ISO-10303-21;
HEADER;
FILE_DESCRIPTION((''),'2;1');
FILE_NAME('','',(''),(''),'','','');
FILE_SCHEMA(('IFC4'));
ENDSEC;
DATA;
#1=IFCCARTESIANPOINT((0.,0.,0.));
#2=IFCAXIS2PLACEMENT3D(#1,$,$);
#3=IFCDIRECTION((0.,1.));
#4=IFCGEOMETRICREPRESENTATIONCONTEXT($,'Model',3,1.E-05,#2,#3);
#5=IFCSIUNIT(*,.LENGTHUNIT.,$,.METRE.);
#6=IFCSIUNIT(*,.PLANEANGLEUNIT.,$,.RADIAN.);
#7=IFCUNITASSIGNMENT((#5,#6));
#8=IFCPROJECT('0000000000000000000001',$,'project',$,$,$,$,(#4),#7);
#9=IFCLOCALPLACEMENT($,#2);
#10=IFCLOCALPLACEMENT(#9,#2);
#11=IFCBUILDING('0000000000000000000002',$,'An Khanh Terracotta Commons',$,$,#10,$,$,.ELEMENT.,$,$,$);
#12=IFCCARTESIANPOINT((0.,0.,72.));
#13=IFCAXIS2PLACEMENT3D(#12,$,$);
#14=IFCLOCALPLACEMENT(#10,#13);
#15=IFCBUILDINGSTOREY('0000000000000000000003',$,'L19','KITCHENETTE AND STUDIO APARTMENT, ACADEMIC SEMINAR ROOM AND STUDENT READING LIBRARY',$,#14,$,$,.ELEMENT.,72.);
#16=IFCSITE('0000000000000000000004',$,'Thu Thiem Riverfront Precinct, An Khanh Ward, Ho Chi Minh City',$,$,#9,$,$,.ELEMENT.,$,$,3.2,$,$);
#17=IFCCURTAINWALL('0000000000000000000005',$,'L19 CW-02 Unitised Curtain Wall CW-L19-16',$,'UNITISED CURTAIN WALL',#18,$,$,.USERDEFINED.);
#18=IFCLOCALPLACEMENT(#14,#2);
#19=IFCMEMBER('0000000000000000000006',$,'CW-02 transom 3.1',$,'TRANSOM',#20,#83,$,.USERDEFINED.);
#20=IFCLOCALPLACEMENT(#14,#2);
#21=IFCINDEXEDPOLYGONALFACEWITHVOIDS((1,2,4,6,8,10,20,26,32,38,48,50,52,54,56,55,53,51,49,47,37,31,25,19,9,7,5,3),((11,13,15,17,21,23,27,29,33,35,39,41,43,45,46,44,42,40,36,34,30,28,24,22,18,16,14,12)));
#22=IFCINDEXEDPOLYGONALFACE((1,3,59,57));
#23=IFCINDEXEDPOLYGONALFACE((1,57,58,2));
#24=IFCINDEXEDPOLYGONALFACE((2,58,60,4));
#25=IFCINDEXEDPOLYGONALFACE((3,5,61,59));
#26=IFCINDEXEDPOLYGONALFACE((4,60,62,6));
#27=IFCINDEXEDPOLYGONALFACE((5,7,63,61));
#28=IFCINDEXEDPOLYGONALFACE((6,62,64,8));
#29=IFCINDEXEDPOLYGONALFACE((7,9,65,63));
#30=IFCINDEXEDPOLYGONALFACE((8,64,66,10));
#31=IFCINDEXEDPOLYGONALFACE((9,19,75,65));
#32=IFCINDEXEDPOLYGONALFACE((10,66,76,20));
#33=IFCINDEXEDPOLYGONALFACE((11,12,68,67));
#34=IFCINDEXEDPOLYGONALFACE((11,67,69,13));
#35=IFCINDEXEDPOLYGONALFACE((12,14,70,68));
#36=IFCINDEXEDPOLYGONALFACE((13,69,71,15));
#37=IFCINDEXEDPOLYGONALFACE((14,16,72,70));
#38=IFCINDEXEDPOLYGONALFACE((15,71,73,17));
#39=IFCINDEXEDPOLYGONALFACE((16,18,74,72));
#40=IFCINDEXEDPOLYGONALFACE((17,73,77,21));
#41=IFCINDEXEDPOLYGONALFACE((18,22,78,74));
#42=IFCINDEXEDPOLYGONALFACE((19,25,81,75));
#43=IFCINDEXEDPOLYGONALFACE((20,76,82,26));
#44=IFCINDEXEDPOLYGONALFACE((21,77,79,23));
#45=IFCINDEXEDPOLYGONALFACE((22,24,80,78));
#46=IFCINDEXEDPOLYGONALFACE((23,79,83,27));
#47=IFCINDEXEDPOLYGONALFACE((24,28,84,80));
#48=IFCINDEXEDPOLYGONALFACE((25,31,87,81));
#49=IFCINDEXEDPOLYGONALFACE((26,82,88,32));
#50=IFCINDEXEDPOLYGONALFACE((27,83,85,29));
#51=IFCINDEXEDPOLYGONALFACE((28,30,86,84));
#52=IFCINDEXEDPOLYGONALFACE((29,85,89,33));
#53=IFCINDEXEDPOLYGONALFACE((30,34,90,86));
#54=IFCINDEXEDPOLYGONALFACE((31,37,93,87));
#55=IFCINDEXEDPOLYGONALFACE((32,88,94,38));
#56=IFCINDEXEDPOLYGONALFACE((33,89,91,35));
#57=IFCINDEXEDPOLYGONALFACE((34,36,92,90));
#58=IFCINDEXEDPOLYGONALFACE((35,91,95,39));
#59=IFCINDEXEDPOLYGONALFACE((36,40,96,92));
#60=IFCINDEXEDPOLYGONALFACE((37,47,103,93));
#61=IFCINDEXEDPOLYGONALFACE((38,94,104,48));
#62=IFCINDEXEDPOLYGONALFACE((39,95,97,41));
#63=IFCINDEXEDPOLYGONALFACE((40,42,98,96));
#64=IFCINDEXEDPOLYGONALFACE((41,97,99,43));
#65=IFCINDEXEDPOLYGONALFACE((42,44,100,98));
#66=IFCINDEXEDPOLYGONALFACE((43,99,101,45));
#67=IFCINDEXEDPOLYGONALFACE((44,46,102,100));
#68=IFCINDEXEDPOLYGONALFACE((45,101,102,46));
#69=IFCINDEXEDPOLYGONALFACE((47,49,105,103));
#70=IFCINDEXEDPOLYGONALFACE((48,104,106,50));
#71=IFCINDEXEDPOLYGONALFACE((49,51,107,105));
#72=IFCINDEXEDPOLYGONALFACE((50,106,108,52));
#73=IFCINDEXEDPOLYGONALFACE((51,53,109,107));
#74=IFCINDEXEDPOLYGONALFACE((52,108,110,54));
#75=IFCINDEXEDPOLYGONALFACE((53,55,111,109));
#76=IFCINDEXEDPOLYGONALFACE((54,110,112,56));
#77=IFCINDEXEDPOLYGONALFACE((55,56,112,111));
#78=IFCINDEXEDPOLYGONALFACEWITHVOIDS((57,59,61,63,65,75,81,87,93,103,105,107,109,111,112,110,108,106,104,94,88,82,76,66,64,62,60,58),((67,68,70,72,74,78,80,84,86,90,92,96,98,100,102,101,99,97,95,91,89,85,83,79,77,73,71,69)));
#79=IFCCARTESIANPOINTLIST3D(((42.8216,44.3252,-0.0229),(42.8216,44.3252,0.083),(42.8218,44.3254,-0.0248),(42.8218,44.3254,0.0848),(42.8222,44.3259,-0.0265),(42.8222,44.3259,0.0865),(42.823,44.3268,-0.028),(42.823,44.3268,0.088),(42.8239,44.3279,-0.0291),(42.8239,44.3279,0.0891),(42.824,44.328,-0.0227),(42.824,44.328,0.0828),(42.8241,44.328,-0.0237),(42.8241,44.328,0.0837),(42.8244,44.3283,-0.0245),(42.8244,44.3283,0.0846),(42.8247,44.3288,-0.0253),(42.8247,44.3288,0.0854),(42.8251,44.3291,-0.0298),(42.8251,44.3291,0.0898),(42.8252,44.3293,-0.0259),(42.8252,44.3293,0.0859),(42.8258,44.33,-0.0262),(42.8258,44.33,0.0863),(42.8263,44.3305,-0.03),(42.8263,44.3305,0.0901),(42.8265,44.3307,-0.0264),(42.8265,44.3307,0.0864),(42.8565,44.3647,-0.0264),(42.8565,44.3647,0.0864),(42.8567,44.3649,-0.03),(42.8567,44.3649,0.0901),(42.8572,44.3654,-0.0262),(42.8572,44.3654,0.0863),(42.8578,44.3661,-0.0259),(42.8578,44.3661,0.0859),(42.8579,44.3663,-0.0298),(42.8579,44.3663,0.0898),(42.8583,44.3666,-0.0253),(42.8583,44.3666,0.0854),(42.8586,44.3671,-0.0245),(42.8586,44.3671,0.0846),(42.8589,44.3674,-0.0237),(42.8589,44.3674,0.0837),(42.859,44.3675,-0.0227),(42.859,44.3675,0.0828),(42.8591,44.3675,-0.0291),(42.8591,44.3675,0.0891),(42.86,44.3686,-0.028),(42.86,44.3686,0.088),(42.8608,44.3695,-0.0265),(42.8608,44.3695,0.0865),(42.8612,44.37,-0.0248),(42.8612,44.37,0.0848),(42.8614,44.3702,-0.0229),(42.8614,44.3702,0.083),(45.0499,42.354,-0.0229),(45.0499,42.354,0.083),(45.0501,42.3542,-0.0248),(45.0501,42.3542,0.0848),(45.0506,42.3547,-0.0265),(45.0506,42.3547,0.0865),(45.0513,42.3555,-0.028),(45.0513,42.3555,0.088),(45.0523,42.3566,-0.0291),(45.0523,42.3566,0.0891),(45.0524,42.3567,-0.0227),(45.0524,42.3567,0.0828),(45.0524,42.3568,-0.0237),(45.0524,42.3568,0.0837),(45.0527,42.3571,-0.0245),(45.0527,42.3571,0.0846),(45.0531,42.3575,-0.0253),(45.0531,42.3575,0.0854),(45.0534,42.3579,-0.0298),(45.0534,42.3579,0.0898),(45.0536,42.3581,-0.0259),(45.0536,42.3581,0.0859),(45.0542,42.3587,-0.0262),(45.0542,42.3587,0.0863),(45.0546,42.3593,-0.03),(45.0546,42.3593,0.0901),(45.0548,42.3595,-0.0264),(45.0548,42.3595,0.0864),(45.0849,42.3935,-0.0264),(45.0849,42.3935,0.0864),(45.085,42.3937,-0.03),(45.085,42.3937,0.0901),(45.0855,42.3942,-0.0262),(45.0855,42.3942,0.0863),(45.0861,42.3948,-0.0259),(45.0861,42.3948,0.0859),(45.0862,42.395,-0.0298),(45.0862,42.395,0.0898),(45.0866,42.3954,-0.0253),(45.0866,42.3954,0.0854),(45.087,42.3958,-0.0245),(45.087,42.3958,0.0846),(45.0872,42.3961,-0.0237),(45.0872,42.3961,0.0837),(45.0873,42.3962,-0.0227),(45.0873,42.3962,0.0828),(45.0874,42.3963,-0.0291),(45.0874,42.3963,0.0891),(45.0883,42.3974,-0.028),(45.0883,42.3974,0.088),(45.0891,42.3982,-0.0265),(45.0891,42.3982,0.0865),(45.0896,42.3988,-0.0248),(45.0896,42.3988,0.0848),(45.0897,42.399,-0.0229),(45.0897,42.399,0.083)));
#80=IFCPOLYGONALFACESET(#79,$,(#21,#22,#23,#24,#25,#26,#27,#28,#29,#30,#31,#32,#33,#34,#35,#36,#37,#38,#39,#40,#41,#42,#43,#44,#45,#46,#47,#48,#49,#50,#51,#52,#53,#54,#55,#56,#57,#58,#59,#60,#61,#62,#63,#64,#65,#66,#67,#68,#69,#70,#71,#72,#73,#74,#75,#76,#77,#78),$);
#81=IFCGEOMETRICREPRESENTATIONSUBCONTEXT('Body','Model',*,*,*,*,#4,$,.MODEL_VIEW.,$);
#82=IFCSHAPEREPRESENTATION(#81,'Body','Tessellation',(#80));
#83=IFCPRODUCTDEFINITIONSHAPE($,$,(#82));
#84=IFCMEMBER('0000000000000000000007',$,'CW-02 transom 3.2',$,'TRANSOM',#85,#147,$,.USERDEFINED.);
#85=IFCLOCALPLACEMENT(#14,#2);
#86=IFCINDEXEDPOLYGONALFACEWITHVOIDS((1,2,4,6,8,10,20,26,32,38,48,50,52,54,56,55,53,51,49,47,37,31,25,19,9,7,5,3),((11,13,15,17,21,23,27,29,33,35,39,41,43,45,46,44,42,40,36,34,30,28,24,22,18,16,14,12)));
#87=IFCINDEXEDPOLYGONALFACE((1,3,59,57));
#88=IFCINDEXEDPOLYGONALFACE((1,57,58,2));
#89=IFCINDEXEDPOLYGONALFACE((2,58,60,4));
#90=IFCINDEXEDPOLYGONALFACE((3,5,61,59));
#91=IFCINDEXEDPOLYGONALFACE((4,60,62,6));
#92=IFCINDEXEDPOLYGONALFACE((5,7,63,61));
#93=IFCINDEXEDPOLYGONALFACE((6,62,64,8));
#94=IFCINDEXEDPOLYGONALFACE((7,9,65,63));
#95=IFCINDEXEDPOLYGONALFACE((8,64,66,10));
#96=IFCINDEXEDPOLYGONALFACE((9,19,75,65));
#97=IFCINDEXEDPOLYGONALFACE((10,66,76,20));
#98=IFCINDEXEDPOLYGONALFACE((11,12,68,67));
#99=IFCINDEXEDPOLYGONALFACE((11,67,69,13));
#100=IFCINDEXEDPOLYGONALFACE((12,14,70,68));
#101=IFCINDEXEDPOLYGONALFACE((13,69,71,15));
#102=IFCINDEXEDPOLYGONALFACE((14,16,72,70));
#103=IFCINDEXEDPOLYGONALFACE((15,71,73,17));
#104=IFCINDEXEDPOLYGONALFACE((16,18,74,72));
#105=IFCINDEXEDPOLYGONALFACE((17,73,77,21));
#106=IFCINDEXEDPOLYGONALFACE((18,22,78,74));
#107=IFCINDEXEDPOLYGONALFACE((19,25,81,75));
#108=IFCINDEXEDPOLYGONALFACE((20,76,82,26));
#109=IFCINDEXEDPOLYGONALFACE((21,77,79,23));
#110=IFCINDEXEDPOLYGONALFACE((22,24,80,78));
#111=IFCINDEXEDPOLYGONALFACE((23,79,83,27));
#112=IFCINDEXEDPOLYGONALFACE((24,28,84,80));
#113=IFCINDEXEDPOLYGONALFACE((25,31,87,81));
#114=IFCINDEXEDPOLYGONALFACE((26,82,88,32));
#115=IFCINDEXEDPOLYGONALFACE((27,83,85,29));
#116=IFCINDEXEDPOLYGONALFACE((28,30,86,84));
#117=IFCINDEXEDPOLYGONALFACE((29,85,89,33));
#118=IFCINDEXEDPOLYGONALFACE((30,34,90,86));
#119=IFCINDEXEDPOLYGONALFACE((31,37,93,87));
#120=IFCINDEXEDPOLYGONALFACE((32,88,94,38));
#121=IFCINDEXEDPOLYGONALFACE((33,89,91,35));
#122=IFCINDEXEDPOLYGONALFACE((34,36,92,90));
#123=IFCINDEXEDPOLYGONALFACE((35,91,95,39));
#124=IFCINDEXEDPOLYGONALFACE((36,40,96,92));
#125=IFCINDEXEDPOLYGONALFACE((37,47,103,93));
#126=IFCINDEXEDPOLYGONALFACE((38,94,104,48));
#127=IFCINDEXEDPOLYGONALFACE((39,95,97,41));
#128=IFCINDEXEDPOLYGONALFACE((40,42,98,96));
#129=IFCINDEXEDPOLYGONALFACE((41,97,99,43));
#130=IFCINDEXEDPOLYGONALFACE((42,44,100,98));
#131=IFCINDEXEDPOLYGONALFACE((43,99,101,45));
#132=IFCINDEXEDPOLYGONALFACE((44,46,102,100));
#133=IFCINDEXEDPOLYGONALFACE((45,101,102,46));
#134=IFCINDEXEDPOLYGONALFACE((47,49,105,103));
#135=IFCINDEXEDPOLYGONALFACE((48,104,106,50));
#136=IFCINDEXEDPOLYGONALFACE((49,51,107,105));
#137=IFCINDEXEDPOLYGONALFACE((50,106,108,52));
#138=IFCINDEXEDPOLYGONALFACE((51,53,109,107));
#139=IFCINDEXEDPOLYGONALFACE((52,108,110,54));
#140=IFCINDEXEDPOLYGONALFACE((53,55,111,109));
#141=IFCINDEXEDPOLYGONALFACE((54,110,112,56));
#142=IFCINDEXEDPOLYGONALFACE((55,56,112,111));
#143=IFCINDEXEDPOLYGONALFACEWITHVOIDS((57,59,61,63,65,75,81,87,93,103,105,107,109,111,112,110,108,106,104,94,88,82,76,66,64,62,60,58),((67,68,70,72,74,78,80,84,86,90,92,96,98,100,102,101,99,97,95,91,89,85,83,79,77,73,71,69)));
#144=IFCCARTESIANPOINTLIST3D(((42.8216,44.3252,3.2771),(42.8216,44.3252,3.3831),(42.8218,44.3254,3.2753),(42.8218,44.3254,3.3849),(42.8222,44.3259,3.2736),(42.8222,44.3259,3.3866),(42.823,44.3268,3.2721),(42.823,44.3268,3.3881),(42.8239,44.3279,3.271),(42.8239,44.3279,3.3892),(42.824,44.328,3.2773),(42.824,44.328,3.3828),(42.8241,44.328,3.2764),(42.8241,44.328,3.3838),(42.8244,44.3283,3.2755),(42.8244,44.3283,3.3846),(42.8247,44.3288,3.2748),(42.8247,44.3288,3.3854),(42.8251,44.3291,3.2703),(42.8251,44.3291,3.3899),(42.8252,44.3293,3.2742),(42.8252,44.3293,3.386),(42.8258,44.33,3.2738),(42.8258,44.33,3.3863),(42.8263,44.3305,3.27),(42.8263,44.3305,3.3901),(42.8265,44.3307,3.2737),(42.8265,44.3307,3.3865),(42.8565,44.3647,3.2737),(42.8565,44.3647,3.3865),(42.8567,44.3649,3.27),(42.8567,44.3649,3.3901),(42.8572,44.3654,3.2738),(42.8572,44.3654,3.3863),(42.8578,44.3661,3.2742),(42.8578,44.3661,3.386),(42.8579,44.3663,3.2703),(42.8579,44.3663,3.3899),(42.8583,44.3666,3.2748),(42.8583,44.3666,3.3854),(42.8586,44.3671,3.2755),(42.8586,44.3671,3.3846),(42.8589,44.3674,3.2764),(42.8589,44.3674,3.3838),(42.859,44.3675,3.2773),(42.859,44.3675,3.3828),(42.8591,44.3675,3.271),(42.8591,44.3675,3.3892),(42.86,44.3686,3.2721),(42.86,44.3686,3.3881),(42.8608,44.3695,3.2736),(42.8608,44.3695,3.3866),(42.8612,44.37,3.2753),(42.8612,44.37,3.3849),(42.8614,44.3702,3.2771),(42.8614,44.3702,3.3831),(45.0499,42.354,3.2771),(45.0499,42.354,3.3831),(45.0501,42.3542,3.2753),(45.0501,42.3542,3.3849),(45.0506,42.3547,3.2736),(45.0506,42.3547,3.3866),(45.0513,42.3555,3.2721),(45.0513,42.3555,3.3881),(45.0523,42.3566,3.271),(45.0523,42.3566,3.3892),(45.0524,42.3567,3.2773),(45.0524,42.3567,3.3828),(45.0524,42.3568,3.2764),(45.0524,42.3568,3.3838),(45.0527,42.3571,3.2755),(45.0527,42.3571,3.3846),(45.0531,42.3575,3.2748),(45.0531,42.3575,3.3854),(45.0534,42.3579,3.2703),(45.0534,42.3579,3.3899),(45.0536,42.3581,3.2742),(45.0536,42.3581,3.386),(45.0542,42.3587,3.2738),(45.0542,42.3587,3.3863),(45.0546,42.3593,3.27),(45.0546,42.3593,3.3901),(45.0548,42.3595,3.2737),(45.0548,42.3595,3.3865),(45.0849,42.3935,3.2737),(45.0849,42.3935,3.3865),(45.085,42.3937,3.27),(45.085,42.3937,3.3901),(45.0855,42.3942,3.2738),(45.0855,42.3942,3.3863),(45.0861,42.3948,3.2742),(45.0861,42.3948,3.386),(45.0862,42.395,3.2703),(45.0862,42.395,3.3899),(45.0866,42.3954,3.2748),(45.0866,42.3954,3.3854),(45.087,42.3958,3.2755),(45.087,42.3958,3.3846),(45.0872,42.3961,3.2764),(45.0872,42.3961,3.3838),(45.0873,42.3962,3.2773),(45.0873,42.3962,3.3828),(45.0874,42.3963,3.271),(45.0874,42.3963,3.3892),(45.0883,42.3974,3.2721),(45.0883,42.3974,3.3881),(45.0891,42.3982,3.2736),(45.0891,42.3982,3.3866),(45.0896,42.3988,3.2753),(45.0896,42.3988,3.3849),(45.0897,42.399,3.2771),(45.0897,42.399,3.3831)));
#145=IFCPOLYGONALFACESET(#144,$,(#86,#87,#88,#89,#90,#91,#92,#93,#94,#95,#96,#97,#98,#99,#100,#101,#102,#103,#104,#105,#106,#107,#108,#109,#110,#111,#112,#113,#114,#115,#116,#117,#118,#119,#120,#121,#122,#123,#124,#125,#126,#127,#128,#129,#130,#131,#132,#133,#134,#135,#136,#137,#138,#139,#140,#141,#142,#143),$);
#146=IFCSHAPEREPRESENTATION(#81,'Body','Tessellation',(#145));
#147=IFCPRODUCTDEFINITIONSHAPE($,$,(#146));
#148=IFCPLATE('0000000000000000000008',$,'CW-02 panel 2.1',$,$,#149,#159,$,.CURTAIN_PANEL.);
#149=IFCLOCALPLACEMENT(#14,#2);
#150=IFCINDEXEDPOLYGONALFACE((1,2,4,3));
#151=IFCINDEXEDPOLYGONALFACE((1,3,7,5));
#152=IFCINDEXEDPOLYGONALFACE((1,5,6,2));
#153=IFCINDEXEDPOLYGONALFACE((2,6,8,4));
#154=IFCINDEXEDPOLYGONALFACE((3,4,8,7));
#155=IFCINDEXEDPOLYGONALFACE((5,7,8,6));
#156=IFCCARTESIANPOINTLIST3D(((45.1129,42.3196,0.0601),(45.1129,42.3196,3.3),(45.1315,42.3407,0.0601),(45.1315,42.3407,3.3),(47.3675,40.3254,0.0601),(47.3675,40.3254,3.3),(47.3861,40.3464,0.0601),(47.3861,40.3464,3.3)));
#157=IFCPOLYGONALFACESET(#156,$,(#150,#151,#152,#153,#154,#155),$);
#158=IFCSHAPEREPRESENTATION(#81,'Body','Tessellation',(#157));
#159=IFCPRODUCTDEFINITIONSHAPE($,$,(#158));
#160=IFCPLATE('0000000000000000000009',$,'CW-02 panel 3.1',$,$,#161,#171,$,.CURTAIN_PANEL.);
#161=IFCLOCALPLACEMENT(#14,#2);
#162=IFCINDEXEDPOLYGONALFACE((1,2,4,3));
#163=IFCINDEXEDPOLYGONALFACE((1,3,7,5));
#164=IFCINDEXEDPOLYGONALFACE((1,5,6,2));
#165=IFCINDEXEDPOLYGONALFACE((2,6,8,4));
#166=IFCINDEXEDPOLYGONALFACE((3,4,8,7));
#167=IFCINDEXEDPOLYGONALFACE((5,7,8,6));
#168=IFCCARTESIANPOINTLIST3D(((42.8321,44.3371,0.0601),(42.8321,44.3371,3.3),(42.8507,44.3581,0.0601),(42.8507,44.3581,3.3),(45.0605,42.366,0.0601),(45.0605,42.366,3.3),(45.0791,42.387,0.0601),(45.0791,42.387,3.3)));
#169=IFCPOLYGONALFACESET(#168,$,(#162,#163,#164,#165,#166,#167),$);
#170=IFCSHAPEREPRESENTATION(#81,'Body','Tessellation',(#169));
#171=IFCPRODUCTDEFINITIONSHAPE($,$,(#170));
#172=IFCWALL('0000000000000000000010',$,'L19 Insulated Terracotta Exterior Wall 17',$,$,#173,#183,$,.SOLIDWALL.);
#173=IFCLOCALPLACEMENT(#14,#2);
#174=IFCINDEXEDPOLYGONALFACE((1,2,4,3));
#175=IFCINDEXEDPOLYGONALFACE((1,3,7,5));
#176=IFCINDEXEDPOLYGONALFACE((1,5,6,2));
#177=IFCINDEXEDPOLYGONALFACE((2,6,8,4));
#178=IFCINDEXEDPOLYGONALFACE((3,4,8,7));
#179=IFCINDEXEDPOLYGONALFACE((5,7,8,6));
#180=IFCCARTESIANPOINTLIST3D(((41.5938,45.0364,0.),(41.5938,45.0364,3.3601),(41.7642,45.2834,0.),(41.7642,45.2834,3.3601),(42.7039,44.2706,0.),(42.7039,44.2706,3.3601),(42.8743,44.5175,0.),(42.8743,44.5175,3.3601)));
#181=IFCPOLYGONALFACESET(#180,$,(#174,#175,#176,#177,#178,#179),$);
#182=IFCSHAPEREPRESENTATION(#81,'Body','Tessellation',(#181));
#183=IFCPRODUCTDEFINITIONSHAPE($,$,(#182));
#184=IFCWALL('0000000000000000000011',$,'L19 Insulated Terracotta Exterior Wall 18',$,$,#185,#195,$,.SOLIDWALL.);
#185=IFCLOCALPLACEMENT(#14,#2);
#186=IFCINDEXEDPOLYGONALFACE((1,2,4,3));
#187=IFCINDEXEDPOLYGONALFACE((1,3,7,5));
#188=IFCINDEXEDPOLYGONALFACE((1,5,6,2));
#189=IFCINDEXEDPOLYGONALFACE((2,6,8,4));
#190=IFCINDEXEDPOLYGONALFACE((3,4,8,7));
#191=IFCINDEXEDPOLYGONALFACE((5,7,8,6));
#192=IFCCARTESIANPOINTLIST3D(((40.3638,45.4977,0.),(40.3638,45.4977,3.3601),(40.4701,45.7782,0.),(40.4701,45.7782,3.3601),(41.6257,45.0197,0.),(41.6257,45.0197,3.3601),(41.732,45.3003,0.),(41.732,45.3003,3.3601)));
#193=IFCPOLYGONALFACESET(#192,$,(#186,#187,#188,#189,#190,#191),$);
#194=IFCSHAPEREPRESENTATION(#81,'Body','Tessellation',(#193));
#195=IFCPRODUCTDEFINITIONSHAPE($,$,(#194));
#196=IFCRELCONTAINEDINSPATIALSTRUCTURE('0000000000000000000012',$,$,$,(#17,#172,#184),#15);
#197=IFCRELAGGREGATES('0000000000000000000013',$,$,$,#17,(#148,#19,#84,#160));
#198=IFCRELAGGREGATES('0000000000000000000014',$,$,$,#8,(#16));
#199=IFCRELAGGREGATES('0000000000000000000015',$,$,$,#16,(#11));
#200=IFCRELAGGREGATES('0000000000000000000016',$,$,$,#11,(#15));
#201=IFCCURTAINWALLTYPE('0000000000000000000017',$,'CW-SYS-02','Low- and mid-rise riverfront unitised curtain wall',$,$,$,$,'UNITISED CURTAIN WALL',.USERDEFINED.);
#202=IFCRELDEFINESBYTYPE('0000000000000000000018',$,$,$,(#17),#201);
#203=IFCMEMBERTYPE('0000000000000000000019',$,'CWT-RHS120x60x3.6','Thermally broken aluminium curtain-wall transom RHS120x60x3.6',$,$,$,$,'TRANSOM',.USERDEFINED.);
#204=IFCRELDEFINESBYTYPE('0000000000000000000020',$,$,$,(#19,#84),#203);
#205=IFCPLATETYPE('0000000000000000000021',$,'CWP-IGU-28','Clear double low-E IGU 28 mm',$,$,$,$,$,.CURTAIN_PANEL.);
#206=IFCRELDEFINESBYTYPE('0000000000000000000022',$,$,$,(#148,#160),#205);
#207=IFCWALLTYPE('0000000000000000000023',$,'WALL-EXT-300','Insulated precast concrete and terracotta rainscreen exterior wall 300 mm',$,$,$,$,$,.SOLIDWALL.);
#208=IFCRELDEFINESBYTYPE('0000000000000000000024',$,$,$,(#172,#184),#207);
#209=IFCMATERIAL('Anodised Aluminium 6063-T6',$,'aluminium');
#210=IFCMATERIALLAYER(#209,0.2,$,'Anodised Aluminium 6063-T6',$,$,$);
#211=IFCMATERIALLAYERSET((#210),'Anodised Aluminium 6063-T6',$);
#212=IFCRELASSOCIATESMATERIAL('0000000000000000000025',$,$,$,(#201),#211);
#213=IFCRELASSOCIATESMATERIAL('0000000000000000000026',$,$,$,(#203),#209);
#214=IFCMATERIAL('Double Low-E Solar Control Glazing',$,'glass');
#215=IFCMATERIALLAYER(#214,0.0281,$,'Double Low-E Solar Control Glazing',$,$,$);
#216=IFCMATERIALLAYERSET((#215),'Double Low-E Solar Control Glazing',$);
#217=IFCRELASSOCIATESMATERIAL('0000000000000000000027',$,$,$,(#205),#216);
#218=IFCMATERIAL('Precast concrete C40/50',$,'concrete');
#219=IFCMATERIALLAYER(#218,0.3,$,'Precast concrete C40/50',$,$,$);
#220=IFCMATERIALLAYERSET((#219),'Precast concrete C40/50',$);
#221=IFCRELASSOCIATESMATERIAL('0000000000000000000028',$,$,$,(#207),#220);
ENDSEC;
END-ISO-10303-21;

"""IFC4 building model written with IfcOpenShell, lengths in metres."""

from ifc_helpers import new_model, si_unit, direction, frame, frame_2d, origin, origin_2d, place, context, subcontext, project, spatial, rectangle, hollow_rectangle, extrude, material, layer, layer_set, material_profile, profile_set, type_object, element, aggregate, save


model = new_model("IFC4")

# Units and contexts
model_context = context("Model", 3, precision=1e-05, world=origin(), true_north=direction((0.0, 1.0)))
body_context = subcontext(model_context, "Body", "Model", "MODEL_VIEW")
ifc_project = project(units=[si_unit("LENGTHUNIT", "METRE"), si_unit("PLANEANGLEUNIT", "RADIAN")], contexts=[model_context])

# Site, building, storey
site_placement = place(None, origin())
site = spatial("IfcSite", under=ifc_project, at=site_placement, Name="Thu Thiem Riverfront Precinct, An Khanh Ward, Ho Chi Minh City", CompositionType="ELEMENT", RefElevation=3.2)
building_placement = place(site_placement, origin())
building = spatial("IfcBuilding", under=site, at=building_placement, Name="An Khanh Terracotta Commons", CompositionType="ELEMENT")
storey_placement = place(building_placement, frame((0.0, 0.0, 72.0)))
storey = spatial("IfcBuildingStorey", under=building, at=storey_placement, Name="L19", Description="KITCHENETTE AND STUDIO APARTMENT, ACADEMIC SEMINAR ROOM AND STUDENT READING LIBRARY", CompositionType="ELEMENT", Elevation=72.0)

# Curtain wall, members, plates
ifc_material_1 = material(Name="Anodised Aluminium 6063-T6", Category="aluminium")
ifc_layer_1 = layer(ifc_material_1, 0.2, Name="Anodised Aluminium 6063-T6")
ifc_layer_set_1 = layer_set([ifc_layer_1], Name="Anodised Aluminium 6063-T6")
curtain_wall_type = type_object("IfcCurtainWallType", Name="CW-SYS-02", Description="Low- and mid-rise riverfront unitised curtain wall", ElementType="UNITISED CURTAIN WALL", PredefinedType="USERDEFINED", material=ifc_layer_set_1)
curtain_wall_placement = place(storey_placement, origin())
curtain_wall = element("IfcCurtainWall", 1, at=curtain_wall_placement, inside=storey, type_object=curtain_wall_type, Name="L19 CW-02 Unitised Curtain Wall CW-L19-16", ObjectType="UNITISED CURTAIN WALL", PredefinedType="USERDEFINED")
ifc_material_profile_1 = material_profile(ifc_material_1, hollow_rectangle(XDim=0.0601, YDim=0.1201, WallThickness=0.0037, InnerFilletRadius=0.0037, OuterFilletRadius=0.0071, at=origin_2d()), Name="RHS120x60x3.6")
ifc_profile_set_1 = profile_set([ifc_material_profile_1], Name="Anodised Aluminium 6063-T6")
member_type_1 = type_object("IfcMemberType", Name="CWT-RHS120x60x3.6", Description="Thermally broken aluminium curtain-wall transom RHS120x60x3.6", ElementType="TRANSOM", PredefinedType="USERDEFINED", material=ifc_profile_set_1)
member_1_placement = place(storey_placement, frame((45.0698, 42.3765, 0.03), z_axis=(-0.748992, 0.662579, 0.0), x_axis=(-0.662579, -0.748992, 0.0)))
member_1 = element("IfcMember", 2, at=member_1_placement, type_object=member_type_1, Name="CW-02 transom 3.1", ObjectType="TRANSOM", PredefinedType="USERDEFINED", context=body_context, shape_type="SweptSolid", body=[
    extrude(hollow_rectangle(XDim=0.0601, YDim=0.1201, WallThickness=0.0037, InnerFilletRadius=0.0037, OuterFilletRadius=0.0071, at=origin_2d()), origin(), (0.0, 0.0, 1.0), 2.9751),
])
member_2_placement = place(storey_placement, frame((45.0698, 42.3765, 3.3301), z_axis=(-0.748992, 0.662579, 0.0), x_axis=(-0.662579, -0.748992, 0.0)))
member_2 = element("IfcMember", 3, at=member_2_placement, type_object=member_type_1, Name="CW-02 transom 3.2", ObjectType="TRANSOM", PredefinedType="USERDEFINED", context=body_context, shape_type="SweptSolid", body=[
    extrude(hollow_rectangle(XDim=0.0601, YDim=0.1201, WallThickness=0.0037, InnerFilletRadius=0.0037, OuterFilletRadius=0.0071, at=origin_2d()), origin(), (0.0, 0.0, 1.0), 2.9751),
])
ifc_material_2 = material(Name="Double Low-E Solar Control Glazing", Category="glass")
ifc_layer_2 = layer(ifc_material_2, 0.0281, Name="Double Low-E Solar Control Glazing")
ifc_layer_set_2 = layer_set([ifc_layer_2], Name="Double Low-E Solar Control Glazing")
plate_type = type_object("IfcPlateType", Name="CWP-IGU-28", Description="Clear double low-E IGU 28 mm", PredefinedType="CURTAIN_PANEL", material=ifc_layer_set_2)
plate_1_placement = place(storey_placement, frame((46.2495, 41.333, 0.0601), z_axis=(0.0, 0.0, 1.0), x_axis=(-0.749019, 0.662548, 0.0)))
plate_1 = element("IfcPlate", 4, at=plate_1_placement, type_object=plate_type, Name="CW-02 panel 2.1", PredefinedType="CURTAIN_PANEL", context=body_context, shape_type="SweptSolid", body=[
    extrude(rectangle(XDim=3.01, YDim=0.0281, at=origin_2d()), origin(), (0.0, 0.0, 1.0), 3.24),
])
plate_2_placement = place(storey_placement, frame((43.9556, 43.3621, 0.0601), z_axis=(0.0, 0.0, 1.0), x_axis=(-0.749019, 0.662548, 0.0)))
plate_2 = element("IfcPlate", 5, at=plate_2_placement, type_object=plate_type, Name="CW-02 panel 3.1", PredefinedType="CURTAIN_PANEL", context=body_context, shape_type="SweptSolid", body=[
    extrude(rectangle(XDim=2.9751, YDim=0.0281, at=origin_2d()), origin(), (0.0, 0.0, 1.0), 3.24),
])
aggregate(curtain_wall, [plate_1, member_1, member_2, plate_2])

# Walls
ifc_material_3 = material(Name="Precast concrete C40/50", Category="concrete")
ifc_layer_3 = layer(ifc_material_3, 0.3, Name="Precast concrete C40/50")
ifc_layer_set_3 = layer_set([ifc_layer_3], Name="Precast concrete C40/50")
wall_type_1 = type_object("IfcWallType", Name="WALL-EXT-300", Description="Insulated precast concrete and terracotta rainscreen exterior wall 300 mm", PredefinedType="SOLIDWALL", material=ifc_layer_set_3)
wall_1_placement = place(storey_placement, frame((42.7891, 44.394, 0.0), z_axis=(0.0, 0.0, 1.0), x_axis=(-0.823117, 0.567873, 0.0)))
element("IfcWall", 6, at=wall_1_placement, inside=storey, type_object=wall_type_1, Name="L19 Insulated Terracotta Exterior Wall 17", PredefinedType="SOLIDWALL", context=body_context, shape_type="SweptSolid", body=[
    extrude(rectangle(XDim=1.3486, YDim=0.3, at=frame_2d((0.6743, 0.0))), origin(), (0.0, 0.0, 1.0), 3.3601),
])
wall_2_placement = place(storey_placement, frame((41.679, 45.1599, 0.0), z_axis=(0.0, 0.0, 1.0), x_axis=(-0.935157, 0.354234, 0.0)))
element("IfcWall", 7, at=wall_2_placement, inside=storey, type_object=wall_type_1, Name="L19 Insulated Terracotta Exterior Wall 18", PredefinedType="SOLIDWALL", context=body_context, shape_type="SweptSolid", body=[
    extrude(rectangle(XDim=1.3494, YDim=0.3, at=frame_2d((0.6748, 0.0))), origin(), (0.0, 0.0, 1.0), 3.3601),
])

save(model, "model.ifc")
